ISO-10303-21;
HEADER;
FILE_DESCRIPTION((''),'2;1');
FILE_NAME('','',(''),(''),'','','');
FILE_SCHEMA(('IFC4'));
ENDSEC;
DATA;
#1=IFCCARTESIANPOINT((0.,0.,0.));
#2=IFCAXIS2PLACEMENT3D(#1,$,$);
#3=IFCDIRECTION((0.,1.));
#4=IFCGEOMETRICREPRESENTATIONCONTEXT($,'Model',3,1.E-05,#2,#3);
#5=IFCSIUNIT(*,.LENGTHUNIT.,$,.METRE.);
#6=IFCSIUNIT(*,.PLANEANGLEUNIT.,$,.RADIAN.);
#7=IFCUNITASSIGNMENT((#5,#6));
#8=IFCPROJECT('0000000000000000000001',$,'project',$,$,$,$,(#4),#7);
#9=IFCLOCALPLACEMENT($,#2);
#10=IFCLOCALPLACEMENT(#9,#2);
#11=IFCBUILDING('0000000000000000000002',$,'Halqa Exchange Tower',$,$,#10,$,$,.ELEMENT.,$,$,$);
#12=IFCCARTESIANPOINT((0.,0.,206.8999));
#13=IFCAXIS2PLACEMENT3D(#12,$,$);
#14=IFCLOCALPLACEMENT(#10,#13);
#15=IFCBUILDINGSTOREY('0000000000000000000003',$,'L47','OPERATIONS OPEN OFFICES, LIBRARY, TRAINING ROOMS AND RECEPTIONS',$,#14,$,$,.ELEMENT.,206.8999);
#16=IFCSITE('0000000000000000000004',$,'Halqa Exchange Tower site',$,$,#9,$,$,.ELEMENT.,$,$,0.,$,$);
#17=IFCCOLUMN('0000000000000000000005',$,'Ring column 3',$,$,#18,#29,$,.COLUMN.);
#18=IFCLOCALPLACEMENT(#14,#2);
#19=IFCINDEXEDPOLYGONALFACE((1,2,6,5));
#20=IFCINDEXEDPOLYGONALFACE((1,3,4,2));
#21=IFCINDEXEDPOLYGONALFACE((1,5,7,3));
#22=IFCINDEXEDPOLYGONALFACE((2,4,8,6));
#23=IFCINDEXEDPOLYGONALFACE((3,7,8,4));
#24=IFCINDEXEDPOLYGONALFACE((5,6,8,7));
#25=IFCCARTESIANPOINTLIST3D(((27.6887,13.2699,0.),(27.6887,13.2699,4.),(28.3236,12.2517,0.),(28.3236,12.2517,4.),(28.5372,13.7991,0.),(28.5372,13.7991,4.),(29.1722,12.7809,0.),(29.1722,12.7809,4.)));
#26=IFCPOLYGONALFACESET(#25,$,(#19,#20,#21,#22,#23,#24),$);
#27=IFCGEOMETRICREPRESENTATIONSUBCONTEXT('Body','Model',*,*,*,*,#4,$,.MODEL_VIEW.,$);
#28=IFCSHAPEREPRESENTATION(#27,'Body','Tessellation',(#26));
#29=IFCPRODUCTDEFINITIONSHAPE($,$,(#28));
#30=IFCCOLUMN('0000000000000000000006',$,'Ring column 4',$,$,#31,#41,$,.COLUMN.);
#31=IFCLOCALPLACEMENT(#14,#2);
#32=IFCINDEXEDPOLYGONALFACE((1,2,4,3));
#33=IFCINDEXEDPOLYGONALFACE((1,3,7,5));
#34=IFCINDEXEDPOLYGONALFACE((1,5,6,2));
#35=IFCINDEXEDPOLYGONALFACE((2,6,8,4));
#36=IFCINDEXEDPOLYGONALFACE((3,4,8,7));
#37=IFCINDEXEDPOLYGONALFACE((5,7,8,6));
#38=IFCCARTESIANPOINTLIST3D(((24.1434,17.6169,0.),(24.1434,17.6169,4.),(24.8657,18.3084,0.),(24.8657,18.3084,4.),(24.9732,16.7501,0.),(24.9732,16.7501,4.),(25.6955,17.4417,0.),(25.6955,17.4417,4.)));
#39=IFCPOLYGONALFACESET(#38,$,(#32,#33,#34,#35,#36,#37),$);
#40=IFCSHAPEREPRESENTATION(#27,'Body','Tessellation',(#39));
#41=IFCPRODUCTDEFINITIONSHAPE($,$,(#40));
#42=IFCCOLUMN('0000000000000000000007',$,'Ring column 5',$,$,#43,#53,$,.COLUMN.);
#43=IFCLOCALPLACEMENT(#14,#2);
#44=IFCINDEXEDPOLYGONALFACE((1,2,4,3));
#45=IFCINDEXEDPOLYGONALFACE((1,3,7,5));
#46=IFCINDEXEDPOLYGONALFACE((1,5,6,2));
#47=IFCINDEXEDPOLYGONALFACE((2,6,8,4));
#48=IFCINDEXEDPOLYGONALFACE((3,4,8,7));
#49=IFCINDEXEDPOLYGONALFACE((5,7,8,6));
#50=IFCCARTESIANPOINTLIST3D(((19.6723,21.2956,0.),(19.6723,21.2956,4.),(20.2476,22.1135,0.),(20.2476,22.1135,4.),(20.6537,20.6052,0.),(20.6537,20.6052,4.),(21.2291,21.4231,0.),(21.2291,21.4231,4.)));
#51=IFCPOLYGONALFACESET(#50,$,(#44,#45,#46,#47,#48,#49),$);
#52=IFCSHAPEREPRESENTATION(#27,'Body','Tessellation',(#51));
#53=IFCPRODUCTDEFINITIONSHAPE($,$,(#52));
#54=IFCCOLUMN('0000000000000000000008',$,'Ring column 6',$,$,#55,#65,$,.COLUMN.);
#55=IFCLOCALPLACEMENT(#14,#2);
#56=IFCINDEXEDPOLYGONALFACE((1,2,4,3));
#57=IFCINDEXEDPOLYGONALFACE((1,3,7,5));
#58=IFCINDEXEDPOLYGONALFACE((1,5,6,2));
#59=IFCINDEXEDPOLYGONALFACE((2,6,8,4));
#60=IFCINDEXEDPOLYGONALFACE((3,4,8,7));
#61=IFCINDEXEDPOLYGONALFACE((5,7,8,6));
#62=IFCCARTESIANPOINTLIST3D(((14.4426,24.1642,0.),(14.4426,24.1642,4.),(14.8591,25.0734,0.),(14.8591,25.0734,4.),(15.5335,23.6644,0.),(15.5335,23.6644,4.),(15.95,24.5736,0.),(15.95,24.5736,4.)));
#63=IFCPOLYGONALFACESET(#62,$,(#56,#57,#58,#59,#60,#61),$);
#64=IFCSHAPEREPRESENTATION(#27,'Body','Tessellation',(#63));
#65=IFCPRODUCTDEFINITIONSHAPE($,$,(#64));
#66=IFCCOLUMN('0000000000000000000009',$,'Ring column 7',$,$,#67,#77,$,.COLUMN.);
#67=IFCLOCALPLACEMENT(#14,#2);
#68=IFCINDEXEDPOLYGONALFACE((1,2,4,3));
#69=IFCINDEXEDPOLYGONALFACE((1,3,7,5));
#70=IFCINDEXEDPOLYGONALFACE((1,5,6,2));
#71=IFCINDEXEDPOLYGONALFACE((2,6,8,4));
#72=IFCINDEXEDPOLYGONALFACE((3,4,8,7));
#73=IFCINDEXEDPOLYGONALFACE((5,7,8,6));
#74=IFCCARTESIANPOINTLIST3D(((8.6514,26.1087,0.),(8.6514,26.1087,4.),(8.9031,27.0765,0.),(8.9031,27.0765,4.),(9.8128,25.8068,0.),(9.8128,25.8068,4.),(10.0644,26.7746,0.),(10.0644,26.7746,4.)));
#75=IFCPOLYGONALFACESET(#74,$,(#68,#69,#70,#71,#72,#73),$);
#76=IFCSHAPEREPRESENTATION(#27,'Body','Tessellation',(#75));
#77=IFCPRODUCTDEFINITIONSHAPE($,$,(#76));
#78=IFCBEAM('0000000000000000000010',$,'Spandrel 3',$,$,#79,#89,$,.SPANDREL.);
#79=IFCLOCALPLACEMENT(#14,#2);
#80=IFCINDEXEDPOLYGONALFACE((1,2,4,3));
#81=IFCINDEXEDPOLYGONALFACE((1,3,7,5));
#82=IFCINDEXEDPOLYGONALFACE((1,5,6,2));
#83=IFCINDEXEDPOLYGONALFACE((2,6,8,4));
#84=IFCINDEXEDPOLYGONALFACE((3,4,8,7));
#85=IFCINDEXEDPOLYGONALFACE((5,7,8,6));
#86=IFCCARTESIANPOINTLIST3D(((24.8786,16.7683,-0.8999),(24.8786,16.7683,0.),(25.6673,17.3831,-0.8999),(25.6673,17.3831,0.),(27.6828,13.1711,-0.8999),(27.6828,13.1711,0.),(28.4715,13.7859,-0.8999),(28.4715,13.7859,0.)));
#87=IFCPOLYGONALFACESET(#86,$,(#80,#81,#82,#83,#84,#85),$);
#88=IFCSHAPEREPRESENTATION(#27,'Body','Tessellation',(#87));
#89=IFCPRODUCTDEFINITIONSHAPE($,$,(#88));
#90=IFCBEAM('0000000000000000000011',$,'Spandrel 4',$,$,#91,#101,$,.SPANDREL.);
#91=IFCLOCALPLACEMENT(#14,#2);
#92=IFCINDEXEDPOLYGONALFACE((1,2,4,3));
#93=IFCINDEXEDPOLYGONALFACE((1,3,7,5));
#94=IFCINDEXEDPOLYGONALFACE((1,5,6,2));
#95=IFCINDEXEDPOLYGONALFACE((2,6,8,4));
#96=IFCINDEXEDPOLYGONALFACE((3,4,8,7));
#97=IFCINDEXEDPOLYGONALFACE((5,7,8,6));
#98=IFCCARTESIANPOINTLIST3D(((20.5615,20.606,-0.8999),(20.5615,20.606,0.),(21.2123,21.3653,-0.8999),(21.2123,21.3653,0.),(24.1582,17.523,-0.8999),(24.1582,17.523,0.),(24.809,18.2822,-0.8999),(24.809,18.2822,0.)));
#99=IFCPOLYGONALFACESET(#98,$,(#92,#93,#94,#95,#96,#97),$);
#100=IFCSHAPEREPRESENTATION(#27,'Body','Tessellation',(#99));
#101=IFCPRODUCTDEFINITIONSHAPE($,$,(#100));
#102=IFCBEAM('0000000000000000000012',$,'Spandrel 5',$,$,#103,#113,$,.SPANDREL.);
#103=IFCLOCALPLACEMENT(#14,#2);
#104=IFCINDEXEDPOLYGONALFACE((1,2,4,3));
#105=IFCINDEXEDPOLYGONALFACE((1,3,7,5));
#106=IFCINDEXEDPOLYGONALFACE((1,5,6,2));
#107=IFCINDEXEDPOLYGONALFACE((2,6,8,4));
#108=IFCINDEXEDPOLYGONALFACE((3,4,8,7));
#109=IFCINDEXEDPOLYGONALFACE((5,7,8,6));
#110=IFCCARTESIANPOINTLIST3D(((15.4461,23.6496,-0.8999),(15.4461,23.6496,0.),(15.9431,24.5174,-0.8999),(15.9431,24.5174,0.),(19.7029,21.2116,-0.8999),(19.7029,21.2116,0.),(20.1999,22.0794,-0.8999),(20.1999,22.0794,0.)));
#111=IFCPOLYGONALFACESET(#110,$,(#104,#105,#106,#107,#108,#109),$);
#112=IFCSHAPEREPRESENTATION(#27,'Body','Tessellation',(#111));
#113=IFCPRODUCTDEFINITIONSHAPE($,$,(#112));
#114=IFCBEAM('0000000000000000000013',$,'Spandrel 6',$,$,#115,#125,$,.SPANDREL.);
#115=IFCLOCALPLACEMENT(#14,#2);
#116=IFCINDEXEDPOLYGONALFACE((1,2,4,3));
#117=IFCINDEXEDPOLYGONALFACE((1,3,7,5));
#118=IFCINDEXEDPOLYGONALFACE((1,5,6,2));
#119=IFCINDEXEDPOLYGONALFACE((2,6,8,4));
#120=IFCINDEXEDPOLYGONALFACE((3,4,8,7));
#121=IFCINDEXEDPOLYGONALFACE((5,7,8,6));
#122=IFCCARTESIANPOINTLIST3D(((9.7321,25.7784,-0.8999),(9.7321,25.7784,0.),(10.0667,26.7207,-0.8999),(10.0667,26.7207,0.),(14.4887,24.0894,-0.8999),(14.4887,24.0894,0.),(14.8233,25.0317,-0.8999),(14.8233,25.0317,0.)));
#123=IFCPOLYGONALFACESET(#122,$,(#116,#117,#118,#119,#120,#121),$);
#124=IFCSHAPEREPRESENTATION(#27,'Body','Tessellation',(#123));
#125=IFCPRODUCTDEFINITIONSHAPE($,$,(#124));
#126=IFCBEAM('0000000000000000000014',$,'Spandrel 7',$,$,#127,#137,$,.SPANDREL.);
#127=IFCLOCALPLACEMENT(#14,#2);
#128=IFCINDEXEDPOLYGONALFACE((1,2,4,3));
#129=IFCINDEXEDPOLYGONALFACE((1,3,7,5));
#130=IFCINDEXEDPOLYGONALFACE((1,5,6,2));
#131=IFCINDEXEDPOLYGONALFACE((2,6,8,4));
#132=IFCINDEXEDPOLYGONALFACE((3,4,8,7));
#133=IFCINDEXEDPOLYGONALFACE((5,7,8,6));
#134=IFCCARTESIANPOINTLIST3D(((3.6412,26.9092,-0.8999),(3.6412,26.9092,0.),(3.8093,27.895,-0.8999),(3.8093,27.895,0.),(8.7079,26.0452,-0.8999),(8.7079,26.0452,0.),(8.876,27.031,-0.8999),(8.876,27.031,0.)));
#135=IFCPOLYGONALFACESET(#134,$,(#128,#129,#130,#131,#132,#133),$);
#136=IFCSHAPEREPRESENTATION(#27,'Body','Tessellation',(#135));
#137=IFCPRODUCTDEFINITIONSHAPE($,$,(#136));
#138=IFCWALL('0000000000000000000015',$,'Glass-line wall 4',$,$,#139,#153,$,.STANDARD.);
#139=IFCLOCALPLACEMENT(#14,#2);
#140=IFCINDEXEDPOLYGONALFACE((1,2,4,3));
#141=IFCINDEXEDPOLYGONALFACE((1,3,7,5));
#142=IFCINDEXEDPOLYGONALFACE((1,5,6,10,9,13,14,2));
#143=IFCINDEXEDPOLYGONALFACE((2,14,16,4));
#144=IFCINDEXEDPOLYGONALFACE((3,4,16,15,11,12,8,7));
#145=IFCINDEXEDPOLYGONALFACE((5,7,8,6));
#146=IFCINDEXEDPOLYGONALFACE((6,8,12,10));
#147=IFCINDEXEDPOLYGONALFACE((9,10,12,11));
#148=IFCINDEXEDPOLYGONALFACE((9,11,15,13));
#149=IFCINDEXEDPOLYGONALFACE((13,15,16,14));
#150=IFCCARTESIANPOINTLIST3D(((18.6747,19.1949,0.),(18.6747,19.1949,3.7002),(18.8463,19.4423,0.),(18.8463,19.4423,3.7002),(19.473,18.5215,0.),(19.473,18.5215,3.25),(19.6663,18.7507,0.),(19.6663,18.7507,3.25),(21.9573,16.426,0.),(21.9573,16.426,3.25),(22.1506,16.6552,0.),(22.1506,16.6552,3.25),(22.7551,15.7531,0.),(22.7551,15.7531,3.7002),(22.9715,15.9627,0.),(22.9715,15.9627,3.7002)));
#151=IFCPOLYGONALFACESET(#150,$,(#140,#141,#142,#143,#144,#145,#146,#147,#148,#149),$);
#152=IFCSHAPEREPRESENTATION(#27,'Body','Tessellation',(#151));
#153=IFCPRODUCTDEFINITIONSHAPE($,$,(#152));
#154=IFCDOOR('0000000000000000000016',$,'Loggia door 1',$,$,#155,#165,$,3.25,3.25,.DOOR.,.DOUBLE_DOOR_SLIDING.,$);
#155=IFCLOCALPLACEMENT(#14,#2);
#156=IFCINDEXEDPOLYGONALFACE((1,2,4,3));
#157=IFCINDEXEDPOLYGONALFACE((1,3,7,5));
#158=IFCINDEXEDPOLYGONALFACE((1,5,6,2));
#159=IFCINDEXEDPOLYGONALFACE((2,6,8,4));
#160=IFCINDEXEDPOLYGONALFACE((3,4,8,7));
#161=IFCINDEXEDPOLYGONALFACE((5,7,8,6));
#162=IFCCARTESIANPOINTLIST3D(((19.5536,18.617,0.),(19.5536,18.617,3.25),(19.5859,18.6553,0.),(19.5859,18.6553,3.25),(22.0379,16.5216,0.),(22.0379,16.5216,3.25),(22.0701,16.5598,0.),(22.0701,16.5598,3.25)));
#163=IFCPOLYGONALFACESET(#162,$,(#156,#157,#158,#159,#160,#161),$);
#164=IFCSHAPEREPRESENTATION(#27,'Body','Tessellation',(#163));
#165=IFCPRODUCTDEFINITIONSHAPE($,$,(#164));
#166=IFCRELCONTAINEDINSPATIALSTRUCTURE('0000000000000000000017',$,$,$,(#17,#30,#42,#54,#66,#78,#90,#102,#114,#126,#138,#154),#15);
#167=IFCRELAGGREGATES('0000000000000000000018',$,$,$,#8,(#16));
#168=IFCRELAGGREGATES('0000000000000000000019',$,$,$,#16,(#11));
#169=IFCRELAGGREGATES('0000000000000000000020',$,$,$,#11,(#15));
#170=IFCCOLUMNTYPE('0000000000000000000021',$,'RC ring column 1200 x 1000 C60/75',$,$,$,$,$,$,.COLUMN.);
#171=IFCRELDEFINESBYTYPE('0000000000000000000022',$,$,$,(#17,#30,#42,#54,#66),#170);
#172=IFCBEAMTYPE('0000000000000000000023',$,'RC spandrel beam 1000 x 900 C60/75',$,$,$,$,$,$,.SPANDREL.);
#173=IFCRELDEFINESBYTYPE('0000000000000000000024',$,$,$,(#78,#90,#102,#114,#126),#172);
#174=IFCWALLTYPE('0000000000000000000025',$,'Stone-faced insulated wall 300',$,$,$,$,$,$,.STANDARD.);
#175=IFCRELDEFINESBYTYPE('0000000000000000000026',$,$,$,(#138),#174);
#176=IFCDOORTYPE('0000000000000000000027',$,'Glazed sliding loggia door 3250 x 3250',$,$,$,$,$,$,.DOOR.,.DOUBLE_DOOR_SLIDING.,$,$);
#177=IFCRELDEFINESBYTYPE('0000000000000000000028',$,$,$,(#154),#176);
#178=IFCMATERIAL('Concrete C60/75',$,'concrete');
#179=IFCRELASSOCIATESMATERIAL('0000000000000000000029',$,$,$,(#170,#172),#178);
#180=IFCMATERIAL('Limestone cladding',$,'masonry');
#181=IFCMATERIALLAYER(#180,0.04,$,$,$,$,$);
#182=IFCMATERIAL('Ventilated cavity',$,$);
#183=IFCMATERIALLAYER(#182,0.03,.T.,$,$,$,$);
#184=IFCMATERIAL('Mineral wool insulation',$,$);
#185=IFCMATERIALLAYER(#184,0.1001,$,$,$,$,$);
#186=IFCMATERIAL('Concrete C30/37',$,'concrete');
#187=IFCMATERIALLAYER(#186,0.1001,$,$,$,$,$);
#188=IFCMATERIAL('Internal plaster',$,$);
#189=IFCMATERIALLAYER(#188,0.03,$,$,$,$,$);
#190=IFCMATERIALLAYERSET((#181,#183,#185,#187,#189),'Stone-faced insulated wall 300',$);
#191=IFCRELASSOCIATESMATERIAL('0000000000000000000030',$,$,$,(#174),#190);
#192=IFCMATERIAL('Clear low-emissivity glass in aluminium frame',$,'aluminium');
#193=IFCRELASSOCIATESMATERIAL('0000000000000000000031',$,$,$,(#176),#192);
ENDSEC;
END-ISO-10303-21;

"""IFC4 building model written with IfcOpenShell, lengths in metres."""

from ifc_helpers import new_model, si_unit, direction, frame, frame_2d, origin, origin_2d, place, context, subcontext, project, spatial, polyline, rectangle, outline, extrude, material, layer, layer_set, material_profile, profile_set, type_object, element, fill, save


model = new_model("IFC4")

# Units and contexts
model_context = context("Model", 3, precision=1e-05, world=origin(), true_north=direction((0.0, 1.0)))
body_context = subcontext(model_context, "Body", "Model", "MODEL_VIEW")
ifc_project = project(units=[si_unit("LENGTHUNIT", "METRE"), si_unit("PLANEANGLEUNIT", "RADIAN")], contexts=[model_context])

# Site, building, storey
site_placement = place(None, origin())
site = spatial("IfcSite", under=ifc_project, at=site_placement, Name="Halqa Exchange Tower site", CompositionType="ELEMENT", RefElevation=0.0)
building_placement = place(site_placement, origin())
building = spatial("IfcBuilding", under=site, at=building_placement, Name="Halqa Exchange Tower", CompositionType="ELEMENT")
storey_placement = place(building_placement, frame((0.0, 0.0, 206.8999)))
storey = spatial("IfcBuildingStorey", under=building, at=storey_placement, Name="L47", Description="OPERATIONS OPEN OFFICES, LIBRARY, TRAINING ROOMS AND RECEPTIONS", CompositionType="ELEMENT", Elevation=206.8999)

# Columns
ifc_material_1 = material(Name="Concrete C60/75", Category="concrete")
ifc_material_profile_1 = material_profile(ifc_material_1, rectangle(XDim=1.2, YDim=1.0, at=origin_2d()), Name="1200 x 1000")
ifc_profile_set_1 = profile_set([ifc_material_profile_1], Name="Concrete C60/75")
column_type = type_object("IfcColumnType", Name="RC ring column 1200 x 1000 C60/75", PredefinedType="COLUMN", material=ifc_profile_set_1)
for number, where, z_axis, x_axis, name in (
    (1, (28.4304, 13.0254, 0.0), (0.0, 0.0, 1.0), (-0.529143, 0.848532, 0.0), "Ring column 3"),
    (2, (24.9194, 17.5293, 0.0), (0.0, 0.0, 1.0), (-0.691577, 0.722302, 0.0), "Ring column 4"),
    (3, (20.4507, 21.3594, 0.0), (0.0, 0.0, 1.0), (-0.817909, 0.575348, 0.0), "Ring column 5"),
    (4, (15.1963, 24.3689, 0.0), (0.0, 0.0, 1.0), (-0.909126, 0.41652, 0.0), "Ring column 6"),
    (5, (9.3579, 26.4417, 0.0), (0.0, 0.0, 1.0), (-0.96782, 0.251642, 0.0), "Ring column 7"),
):
    element("IfcColumn", number, at=place(storey_placement, frame(where, z_axis=z_axis, x_axis=x_axis)), inside=storey, type_object=column_type, Name=name, PredefinedType="COLUMN", context=body_context, shape_type="SweptSolid", body=[
        extrude(rectangle(XDim=1.2, YDim=1.0, at=origin_2d()), origin(), (0.0, 0.0, 1.0), 4.0),
    ])

# Beams
ifc_material_profile_2 = material_profile(ifc_material_1, rectangle(XDim=1.0, YDim=0.8999, at=origin_2d()), Name="1000 x 900")
ifc_profile_set_2 = profile_set([ifc_material_profile_2], Name="Concrete C60/75")
beam_type = type_object("IfcBeamType", Name="RC spandrel beam 1000 x 900 C60/75", PredefinedType="SPANDREL", material=ifc_profile_set_2)
beam_1_placement = place(storey_placement, frame((28.0771, 13.4785, -0.45), z_axis=(-0.614815, 0.788672, 0.0), x_axis=(-0.788672, -0.614815, 0.0)))
element("IfcBeam", 6, at=beam_1_placement, inside=storey, type_object=beam_type, Name="Spandrel 3", PredefinedType="SPANDREL", context=body_context, shape_type="SweptSolid", body=[
    extrude(rectangle(XDim=1.0, YDim=0.8999, at=origin_2d()), origin(), (0.0, 0.0, 1.0), 4.561),
])
beam_2_placement = place(storey_placement, frame((24.4836, 17.9026, -0.45), z_axis=(-0.759242, 0.650808, 0.0), x_axis=(-0.650808, -0.759242, 0.0)))
element("IfcBeam", 7, at=beam_2_placement, inside=storey, type_object=beam_type, Name="Spandrel 4", PredefinedType="SPANDREL", context=body_context, shape_type="SweptSolid", body=[
    extrude(rectangle(XDim=1.0, YDim=0.8999, at=origin_2d()), origin(), (0.0, 0.0, 1.0), 4.7373),
])
beam_3_placement = place(storey_placement, frame((19.9514, 21.6455, -0.45), z_axis=(-0.867759, 0.496986, 0.0), x_axis=(-0.496986, -0.867759, 0.0)))
element("IfcBeam", 8, at=beam_3_placement, inside=storey, type_object=beam_type, Name="Spandrel 5", PredefinedType="SPANDREL", context=body_context, shape_type="SweptSolid", body=[
    extrude(rectangle(XDim=1.0, YDim=0.8999, at=origin_2d()), origin(), (0.0, 0.0, 1.0), 4.9055),
])
beam_4_placement = place(storey_placement, frame((14.656, 24.5605, -0.45), z_axis=(-0.942356, 0.334611, 0.0), x_axis=(-0.334611, -0.942356, 0.0)))
element("IfcBeam", 9, at=beam_4_placement, inside=storey, type_object=beam_type, Name="Spandrel 6", PredefinedType="SPANDREL", context=body_context, shape_type="SweptSolid", body=[
    extrude(rectangle(XDim=1.0, YDim=0.8999, at=origin_2d()), origin(), (0.0, 0.0, 1.0), 5.0476),
])
beam_5_placement = place(storey_placement, frame((8.792, 26.5381, -0.45), z_axis=(-0.985769, 0.168103, 0.0), x_axis=(-0.168103, -0.985769, 0.0)))
element("IfcBeam", 10, at=beam_5_placement, inside=storey, type_object=beam_type, Name="Spandrel 7", PredefinedType="SPANDREL", context=body_context, shape_type="SweptSolid", body=[
    extrude(rectangle(XDim=1.0, YDim=0.8999, at=origin_2d()), origin(), (0.0, 0.0, 1.0), 5.1399),
])

# Wall, opening, door
ifc_material_2 = material(Name="Limestone cladding", Category="masonry")
ifc_layer_1 = layer(ifc_material_2, 0.04)
ifc_material_3 = material(Name="Ventilated cavity")
ifc_layer_2 = layer(ifc_material_3, 0.03, ventilated=True)
ifc_material_4 = material(Name="Mineral wool insulation")
ifc_layer_3 = layer(ifc_material_4, 0.1001)
ifc_material_5 = material(Name="Concrete C30/37", Category="concrete")
ifc_layer_4 = layer(ifc_material_5, 0.1001)
ifc_material_6 = material(Name="Internal plaster")
ifc_layer_5 = layer(ifc_material_6, 0.03)
ifc_layer_set = layer_set([ifc_layer_1, ifc_layer_2, ifc_layer_3, ifc_layer_4, ifc_layer_5], Name="Stone-faced insulated wall 300")
wall_type = type_object("IfcWallType", Name="Stone-faced insulated wall 300", PredefinedType="STANDARD", material=ifc_layer_set)
wall_1_placement = place(storey_placement, frame((22.8633, 15.8579, 0.0), z_axis=(0.0, 0.0, 1.0), x_axis=(-0.764386, 0.644759, 0.0)))
wall_1 = element("IfcWall", 11, at=wall_1_placement, inside=storey, type_object=wall_type, Name="Glass-line wall 4", PredefinedType="STANDARD", context=body_context, shape_type="SweptSolid", body=[
    extrude(outline(polyline([(-0.0151, -0.1499), (5.3816, -0.1499), (5.3533, 0.1499), (0.0151, 0.1499), (-0.0151, -0.1499)])), origin(), (0.0, 0.0, 1.0), 3.7002),
])
opening_1_placement = place(wall_1_placement, frame((1.0588, 0.0, 0.0)))
opening_1 = element("IfcOpeningElement", 12, at=opening_1_placement, cuts=wall_1, PredefinedType="OPENING", context=body_context, shape_type="SweptSolid", body=[
    extrude(rectangle(XDim=3.25, YDim=3.25, at=frame_2d((1.625, 1.625))), frame((0.0, 0.1621, 0.0), z_axis=(0.0, -1.0, 0.0), x_axis=(1.0, 0.0, 0.0)), (0.0, 0.0, 1.0), 0.324),
])
ifc_material_7 = material(Name="Clear low-emissivity glass in aluminium frame", Category="aluminium")
door_type = type_object("IfcDoorType", Name="Glazed sliding loggia door 3250 x 3250", OperationType="DOUBLE_DOOR_SLIDING", PredefinedType="DOOR", material=ifc_material_7)
door_placement = place(opening_1_placement, origin())
door = element("IfcDoor", 13, at=door_placement, inside=storey, type_object=door_type, Name="Loggia door 1", OperationType="DOUBLE_DOOR_SLIDING", OverallHeight=3.25, OverallWidth=3.25, PredefinedType="DOOR", context=body_context, shape_type="SweptSolid", body=[
    extrude(rectangle(XDim=3.25, YDim=3.25, at=frame_2d((1.625, 1.625))), frame((0.0, 0.0249, 0.0), z_axis=(0.0, -1.0, 0.0), x_axis=(1.0, 0.0, 0.0)), (0.0, 0.0, 1.0), 0.05),
])
fill(opening_1, door)

save(model, "model.ifc")
